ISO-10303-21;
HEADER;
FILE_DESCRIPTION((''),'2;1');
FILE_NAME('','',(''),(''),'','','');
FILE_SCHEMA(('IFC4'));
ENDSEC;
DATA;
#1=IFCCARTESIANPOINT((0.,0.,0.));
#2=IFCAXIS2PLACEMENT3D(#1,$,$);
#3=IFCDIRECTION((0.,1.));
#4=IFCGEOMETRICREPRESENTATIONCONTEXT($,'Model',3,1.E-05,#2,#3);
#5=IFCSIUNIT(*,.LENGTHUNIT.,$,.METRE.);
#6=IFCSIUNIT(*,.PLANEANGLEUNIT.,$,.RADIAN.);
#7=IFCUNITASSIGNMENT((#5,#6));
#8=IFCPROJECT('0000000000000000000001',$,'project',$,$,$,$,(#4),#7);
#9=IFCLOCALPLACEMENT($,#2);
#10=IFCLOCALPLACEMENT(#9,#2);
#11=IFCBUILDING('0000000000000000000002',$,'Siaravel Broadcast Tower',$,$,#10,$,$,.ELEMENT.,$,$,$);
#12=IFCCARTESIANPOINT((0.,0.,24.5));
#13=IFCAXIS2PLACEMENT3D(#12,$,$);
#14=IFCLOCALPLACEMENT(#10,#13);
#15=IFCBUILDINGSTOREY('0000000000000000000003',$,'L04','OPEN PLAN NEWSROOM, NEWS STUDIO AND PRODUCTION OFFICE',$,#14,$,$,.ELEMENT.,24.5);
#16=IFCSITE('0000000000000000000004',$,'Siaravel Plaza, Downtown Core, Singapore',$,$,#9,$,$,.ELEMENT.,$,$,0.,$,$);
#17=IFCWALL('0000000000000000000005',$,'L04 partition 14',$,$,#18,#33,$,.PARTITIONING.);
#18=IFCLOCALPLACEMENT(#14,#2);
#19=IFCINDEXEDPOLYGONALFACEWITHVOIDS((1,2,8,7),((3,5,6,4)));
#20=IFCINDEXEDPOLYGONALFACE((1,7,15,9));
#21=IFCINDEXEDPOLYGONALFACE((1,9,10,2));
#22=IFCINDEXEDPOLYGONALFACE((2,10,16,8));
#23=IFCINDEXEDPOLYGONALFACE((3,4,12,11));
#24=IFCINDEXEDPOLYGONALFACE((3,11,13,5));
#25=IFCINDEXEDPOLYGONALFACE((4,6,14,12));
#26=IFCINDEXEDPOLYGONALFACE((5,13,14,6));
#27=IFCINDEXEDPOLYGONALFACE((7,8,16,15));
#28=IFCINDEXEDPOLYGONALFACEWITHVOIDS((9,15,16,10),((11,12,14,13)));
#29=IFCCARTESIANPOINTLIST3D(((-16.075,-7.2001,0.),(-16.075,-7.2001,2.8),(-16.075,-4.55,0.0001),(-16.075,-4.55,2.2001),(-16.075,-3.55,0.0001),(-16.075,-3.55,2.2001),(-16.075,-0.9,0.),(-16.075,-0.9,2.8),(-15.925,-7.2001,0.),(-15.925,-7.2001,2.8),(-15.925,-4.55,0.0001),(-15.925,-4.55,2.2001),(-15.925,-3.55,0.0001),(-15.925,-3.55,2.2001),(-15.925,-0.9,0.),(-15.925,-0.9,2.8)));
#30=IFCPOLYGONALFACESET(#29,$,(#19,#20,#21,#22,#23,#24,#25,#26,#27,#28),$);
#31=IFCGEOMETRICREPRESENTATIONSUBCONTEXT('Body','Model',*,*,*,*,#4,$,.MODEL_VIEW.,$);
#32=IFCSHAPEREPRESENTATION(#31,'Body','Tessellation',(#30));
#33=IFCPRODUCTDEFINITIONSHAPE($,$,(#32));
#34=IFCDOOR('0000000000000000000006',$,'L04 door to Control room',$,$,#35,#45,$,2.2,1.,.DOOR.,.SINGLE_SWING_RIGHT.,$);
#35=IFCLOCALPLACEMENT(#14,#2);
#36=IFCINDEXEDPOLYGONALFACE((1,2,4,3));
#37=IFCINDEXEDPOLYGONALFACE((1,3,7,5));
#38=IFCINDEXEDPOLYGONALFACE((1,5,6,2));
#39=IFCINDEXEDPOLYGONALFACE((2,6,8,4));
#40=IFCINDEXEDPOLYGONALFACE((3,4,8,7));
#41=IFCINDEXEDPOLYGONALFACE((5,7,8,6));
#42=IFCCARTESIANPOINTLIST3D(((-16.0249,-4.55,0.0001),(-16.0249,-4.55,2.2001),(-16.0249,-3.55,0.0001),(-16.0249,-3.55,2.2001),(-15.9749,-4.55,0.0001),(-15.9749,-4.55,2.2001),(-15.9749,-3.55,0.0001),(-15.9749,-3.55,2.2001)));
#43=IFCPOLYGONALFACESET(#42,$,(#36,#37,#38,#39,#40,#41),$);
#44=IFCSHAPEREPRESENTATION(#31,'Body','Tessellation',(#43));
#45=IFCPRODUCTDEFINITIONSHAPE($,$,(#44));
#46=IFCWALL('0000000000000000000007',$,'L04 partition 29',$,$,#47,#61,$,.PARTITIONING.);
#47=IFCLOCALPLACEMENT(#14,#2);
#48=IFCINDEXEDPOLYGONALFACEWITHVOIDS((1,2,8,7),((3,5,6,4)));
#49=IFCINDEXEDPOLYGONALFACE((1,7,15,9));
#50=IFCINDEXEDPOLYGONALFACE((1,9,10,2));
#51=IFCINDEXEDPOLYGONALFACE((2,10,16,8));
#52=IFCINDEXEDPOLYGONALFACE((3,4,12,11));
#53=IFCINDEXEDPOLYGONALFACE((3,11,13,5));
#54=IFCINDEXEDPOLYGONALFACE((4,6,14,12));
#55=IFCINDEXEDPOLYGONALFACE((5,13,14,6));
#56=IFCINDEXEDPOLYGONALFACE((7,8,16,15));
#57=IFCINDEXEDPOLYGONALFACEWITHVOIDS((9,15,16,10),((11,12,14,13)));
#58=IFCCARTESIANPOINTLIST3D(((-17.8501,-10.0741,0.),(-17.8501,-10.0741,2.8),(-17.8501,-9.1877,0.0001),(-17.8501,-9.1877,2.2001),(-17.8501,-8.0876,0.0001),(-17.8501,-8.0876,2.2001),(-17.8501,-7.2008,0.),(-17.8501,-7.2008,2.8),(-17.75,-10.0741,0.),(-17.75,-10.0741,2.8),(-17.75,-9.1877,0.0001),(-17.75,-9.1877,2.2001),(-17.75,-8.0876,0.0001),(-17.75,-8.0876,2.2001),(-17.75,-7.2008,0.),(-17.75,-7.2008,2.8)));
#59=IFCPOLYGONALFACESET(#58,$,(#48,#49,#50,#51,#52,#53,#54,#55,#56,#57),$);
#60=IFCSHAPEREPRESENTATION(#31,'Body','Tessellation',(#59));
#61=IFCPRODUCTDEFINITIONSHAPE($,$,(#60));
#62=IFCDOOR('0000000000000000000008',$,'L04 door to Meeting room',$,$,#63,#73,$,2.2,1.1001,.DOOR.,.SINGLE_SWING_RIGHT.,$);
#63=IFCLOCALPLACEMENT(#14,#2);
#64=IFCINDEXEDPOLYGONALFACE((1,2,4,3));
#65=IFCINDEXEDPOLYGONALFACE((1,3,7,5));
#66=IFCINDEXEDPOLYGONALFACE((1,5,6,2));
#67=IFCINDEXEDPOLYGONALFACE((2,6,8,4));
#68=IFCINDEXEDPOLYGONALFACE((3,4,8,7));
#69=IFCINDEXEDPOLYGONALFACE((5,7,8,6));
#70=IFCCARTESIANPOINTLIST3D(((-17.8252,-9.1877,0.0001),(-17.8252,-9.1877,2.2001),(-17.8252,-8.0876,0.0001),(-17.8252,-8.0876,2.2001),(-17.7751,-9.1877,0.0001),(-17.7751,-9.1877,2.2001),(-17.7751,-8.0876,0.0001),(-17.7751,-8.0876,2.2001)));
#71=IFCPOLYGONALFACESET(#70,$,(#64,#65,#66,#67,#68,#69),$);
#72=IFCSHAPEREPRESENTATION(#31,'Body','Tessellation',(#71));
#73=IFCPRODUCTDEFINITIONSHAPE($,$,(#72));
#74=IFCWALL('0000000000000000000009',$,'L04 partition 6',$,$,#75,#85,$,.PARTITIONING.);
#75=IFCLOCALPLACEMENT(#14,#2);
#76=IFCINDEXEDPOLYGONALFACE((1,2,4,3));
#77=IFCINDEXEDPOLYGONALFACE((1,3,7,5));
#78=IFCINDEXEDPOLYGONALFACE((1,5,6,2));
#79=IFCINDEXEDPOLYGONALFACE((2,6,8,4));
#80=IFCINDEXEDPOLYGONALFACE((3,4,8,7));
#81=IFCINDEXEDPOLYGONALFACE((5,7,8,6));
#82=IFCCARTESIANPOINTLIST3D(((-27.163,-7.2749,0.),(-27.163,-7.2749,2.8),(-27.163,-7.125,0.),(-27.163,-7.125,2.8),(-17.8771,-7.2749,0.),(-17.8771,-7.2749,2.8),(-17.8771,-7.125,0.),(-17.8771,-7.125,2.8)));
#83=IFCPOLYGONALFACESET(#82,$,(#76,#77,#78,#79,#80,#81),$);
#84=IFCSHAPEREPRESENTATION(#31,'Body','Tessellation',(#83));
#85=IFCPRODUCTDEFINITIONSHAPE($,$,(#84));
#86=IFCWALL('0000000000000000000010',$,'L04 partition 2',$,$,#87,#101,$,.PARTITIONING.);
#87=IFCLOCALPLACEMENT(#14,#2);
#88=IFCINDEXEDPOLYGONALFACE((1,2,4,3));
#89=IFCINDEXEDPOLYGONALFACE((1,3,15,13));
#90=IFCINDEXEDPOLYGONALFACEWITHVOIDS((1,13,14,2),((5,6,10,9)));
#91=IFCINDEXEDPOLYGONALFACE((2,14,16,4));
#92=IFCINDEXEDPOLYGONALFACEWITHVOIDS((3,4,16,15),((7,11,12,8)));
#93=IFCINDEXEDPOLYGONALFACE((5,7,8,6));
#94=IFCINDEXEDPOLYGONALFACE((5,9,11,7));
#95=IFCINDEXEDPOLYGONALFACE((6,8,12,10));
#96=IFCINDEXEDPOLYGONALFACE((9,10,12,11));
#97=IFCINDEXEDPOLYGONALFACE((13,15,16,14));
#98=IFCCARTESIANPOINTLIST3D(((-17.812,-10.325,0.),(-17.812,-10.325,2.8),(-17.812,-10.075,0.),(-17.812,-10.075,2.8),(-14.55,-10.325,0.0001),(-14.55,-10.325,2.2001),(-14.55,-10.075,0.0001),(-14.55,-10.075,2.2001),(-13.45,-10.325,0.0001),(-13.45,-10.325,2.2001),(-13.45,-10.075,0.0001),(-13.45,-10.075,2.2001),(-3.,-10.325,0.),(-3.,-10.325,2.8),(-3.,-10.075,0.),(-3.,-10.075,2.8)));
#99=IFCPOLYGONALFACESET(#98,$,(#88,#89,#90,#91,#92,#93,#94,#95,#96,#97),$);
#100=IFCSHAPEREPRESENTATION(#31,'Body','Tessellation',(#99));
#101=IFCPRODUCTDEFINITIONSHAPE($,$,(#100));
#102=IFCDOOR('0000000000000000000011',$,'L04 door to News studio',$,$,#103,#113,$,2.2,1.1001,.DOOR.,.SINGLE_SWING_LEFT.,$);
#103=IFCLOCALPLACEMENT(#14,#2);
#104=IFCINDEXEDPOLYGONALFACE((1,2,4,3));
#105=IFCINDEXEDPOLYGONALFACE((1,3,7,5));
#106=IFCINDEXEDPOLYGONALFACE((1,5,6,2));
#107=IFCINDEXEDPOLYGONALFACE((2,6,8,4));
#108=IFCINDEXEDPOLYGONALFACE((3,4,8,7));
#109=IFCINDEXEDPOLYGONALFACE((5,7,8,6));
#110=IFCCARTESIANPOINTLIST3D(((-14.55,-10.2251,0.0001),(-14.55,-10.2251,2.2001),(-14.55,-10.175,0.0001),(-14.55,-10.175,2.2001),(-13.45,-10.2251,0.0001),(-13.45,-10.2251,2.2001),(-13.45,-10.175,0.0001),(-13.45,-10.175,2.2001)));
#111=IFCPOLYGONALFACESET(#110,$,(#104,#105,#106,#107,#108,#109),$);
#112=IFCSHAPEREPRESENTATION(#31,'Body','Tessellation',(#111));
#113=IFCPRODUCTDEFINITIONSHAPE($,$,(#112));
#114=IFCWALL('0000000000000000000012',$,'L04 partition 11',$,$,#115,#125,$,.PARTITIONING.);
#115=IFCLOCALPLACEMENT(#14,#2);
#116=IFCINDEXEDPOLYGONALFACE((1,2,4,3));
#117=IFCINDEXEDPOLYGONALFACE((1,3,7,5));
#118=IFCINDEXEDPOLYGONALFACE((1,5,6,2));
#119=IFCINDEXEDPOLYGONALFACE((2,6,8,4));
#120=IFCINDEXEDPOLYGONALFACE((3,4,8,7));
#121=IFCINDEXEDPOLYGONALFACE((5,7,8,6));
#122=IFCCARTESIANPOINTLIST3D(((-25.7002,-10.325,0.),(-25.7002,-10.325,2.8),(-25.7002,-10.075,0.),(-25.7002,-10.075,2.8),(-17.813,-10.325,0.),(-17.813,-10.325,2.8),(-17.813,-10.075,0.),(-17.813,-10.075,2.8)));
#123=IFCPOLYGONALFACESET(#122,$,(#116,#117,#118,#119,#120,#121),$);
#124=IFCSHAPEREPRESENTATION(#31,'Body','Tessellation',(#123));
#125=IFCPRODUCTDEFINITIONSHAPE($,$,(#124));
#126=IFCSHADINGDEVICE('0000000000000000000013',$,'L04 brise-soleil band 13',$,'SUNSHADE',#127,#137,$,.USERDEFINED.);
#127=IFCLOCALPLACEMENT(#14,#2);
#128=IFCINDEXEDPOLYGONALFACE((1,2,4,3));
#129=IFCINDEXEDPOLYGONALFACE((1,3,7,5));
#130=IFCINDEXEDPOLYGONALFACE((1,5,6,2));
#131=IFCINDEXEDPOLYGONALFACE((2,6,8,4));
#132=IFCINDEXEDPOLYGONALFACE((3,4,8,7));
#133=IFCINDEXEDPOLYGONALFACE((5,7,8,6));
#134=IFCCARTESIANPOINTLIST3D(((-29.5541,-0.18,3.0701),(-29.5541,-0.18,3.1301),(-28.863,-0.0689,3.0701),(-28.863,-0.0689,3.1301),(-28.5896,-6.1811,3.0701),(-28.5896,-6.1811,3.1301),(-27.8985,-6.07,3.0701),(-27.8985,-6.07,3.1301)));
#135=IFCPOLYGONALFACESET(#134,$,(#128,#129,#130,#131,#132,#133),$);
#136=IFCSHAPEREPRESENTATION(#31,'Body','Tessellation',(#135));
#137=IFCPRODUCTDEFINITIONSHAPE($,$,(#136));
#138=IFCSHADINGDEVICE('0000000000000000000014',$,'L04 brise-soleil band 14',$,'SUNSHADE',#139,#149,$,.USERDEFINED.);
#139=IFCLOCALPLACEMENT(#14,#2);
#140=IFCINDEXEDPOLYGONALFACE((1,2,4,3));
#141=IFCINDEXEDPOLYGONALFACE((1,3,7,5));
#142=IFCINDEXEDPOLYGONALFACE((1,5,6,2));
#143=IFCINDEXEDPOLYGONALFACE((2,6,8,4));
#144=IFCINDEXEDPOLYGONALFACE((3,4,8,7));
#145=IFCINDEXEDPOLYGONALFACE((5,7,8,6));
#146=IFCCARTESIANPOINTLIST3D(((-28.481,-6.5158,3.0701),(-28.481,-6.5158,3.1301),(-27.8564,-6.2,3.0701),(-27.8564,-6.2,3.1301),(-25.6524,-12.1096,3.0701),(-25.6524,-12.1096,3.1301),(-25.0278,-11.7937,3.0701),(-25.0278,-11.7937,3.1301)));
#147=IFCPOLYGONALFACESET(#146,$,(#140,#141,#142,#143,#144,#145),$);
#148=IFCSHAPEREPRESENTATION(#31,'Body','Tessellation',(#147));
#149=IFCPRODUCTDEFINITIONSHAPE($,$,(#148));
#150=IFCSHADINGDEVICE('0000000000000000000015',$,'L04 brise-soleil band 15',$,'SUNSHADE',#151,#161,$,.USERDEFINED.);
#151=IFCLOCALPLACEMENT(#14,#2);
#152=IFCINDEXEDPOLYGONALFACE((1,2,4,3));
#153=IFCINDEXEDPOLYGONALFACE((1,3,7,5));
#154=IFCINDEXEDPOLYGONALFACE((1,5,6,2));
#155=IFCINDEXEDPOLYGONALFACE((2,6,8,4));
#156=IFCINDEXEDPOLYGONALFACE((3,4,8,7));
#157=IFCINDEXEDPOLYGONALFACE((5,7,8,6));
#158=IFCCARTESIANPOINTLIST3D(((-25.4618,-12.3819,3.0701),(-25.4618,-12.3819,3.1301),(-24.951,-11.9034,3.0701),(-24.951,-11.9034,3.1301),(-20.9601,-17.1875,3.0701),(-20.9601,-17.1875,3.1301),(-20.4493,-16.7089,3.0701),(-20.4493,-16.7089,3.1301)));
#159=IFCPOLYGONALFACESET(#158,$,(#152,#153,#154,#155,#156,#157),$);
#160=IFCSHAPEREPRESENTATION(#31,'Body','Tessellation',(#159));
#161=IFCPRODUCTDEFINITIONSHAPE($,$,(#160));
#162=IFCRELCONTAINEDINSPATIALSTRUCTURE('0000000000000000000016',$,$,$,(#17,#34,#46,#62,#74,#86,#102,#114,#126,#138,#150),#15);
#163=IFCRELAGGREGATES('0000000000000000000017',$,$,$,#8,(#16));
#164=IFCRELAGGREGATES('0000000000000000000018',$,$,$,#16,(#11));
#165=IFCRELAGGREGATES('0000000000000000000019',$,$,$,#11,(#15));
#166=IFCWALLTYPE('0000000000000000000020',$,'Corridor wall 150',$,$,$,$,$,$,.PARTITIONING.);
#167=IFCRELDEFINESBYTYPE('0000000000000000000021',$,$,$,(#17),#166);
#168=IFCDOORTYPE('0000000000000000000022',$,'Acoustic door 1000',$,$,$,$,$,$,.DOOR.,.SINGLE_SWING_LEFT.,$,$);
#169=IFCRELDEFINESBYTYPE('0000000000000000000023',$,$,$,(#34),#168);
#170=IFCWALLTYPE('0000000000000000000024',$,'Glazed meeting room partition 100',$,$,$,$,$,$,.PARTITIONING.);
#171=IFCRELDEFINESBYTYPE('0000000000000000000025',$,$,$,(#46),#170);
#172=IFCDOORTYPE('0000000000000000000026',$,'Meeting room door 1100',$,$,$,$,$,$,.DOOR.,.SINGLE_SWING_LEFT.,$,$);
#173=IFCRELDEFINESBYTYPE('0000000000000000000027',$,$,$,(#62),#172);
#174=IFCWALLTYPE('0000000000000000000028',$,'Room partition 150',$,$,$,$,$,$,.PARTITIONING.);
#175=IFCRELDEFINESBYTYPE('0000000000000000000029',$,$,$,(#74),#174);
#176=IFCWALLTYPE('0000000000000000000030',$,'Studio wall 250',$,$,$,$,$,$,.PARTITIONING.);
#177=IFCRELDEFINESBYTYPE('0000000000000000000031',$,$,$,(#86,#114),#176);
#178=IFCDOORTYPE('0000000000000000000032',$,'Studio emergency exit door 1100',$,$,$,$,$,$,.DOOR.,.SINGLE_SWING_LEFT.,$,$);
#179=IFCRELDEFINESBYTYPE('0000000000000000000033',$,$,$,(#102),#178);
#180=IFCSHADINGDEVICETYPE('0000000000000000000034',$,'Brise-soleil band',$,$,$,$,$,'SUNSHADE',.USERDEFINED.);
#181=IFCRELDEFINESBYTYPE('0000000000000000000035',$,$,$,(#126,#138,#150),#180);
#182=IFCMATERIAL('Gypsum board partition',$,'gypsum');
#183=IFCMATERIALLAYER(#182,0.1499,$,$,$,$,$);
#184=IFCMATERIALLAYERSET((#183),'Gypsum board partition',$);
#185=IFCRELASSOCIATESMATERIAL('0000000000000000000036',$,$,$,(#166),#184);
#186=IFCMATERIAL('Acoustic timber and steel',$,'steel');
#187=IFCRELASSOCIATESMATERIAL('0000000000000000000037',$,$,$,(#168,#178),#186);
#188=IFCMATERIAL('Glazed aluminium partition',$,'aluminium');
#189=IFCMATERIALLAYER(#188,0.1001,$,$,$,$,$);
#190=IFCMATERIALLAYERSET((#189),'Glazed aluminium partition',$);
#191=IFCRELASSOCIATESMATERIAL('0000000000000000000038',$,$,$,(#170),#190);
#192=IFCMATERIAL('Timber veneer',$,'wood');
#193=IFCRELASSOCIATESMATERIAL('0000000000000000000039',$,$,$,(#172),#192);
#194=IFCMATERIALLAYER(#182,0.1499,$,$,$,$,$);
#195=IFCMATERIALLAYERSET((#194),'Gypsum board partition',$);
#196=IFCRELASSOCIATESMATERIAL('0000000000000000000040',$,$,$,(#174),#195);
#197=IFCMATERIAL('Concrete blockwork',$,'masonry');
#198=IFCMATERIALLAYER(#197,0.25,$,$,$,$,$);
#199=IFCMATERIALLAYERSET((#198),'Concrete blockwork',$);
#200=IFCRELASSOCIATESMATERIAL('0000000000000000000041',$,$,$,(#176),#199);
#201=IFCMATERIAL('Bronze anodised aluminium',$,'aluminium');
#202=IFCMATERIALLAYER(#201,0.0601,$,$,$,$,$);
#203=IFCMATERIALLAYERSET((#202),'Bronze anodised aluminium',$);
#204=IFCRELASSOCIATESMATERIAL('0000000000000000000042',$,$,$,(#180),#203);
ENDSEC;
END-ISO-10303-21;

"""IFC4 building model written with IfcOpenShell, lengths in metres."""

from ifc_helpers import new_model, si_unit, direction, frame, frame_2d, origin, origin_2d, place, context, subcontext, project, spatial, rectangle, extrude, material, layer, layer_set, type_object, element, fill, save


model = new_model("IFC4")

# Units and contexts
model_context = context("Model", 3, precision=1e-05, world=origin(), true_north=direction((0.0, 1.0)))
body_context = subcontext(model_context, "Body", "Model", "MODEL_VIEW")
ifc_project = project(units=[si_unit("LENGTHUNIT", "METRE"), si_unit("PLANEANGLEUNIT", "RADIAN")], contexts=[model_context])

# Site, building, storey
site_placement = place(None, origin())
site = spatial("IfcSite", under=ifc_project, at=site_placement, Name="Siaravel Plaza, Downtown Core, Singapore", CompositionType="ELEMENT", RefElevation=0.0)
building_placement = place(site_placement, origin())
building = spatial("IfcBuilding", under=site, at=building_placement, Name="Siaravel Broadcast Tower", CompositionType="ELEMENT")
storey_placement = place(building_placement, frame((0.0, 0.0, 24.5)))
storey = spatial("IfcBuildingStorey", under=building, at=storey_placement, Name="L04", Description="OPEN PLAN NEWSROOM, NEWS STUDIO AND PRODUCTION OFFICE", CompositionType="ELEMENT", Elevation=24.5)

# Walls, openings, doors
ifc_material_1 = material(Name="Gypsum board partition", Category="gypsum")
ifc_layer_1 = layer(ifc_material_1, 0.1499)
ifc_layer_set_1 = layer_set([ifc_layer_1], Name="Gypsum board partition")
wall_type_1 = type_object("IfcWallType", Name="Corridor wall 150", PredefinedType="PARTITIONING", material=ifc_layer_set_1)
wall_1_placement = place(storey_placement, frame((-16.0, -7.2, 0.0), z_axis=(0.0, 0.0, 1.0), x_axis=(0.0, 1.0, 0.0)))
wall_1 = element("IfcWall", 1, at=wall_1_placement, inside=storey, type_object=wall_type_1, Name="L04 partition 14", PredefinedType="PARTITIONING", context=body_context, shape_type="SweptSolid", body=[
    extrude(rectangle(XDim=6.3, YDim=0.1499, at=frame_2d((3.1499, 0.0))), origin(), (0.0, 0.0, 1.0), 2.8),
])
opening_1_placement = place(wall_1_placement, frame((2.6499, 0.0, 0.0)))
opening_1 = element("IfcOpeningElement", 2, at=opening_1_placement, cuts=wall_1, PredefinedType="OPENING", context=body_context, shape_type="SweptSolid", body=[
    extrude(rectangle(XDim=1.0, YDim=2.2, at=frame_2d((0.5, 1.1001))), frame((0.0, 0.085, 0.0), z_axis=(0.0, -1.0, 0.0), x_axis=(1.0, 0.0, 0.0)), (0.0, 0.0, 1.0), 0.1699),
])
ifc_material_2 = material(Name="Acoustic timber and steel", Category="steel")
door_type_1 = type_object("IfcDoorType", Name="Acoustic door 1000", OperationType="SINGLE_SWING_LEFT", PredefinedType="DOOR", material=ifc_material_2)
door_1_placement = place(opening_1_placement, origin())
door_1 = element("IfcDoor", 3, at=door_1_placement, inside=storey, type_object=door_type_1, Name="L04 door to Control room", OperationType="SINGLE_SWING_RIGHT", OverallHeight=2.2, OverallWidth=1.0, PredefinedType="DOOR", context=body_context, shape_type="SweptSolid", body=[
    extrude(rectangle(XDim=1.0, YDim=2.2, at=frame_2d((0.5, 1.1001))), frame((0.0, 0.0249, 0.0), z_axis=(0.0, -1.0, 0.0), x_axis=(1.0, 0.0, 0.0)), (0.0, 0.0, 1.0), 0.05),
])
fill(opening_1, door_1)
ifc_material_3 = material(Name="Glazed aluminium partition", Category="aluminium")
ifc_layer_2 = layer(ifc_material_3, 0.1001)
ifc_layer_set_2 = layer_set([ifc_layer_2], Name="Glazed aluminium partition")
wall_type_2 = type_object("IfcWallType", Name="Glazed meeting room partition 100", PredefinedType="PARTITIONING", material=ifc_layer_set_2)
wall_2_placement = place(storey_placement, frame((-17.8, -7.2009, 0.0), z_axis=(0.0, 0.0, 1.0), x_axis=(0.0, -1.0, 0.0)))
wall_2 = element("IfcWall", 4, at=wall_2_placement, inside=storey, type_object=wall_type_2, Name="L04 partition 29", PredefinedType="PARTITIONING", context=body_context, shape_type="SweptSolid", body=[
    extrude(rectangle(XDim=2.8733, YDim=0.1001, at=frame_2d((1.4365, 0.0))), origin(), (0.0, 0.0, 1.0), 2.8),
])
opening_2_placement = place(wall_2_placement, frame((0.8867, 0.0, 0.0)))
opening_2 = element("IfcOpeningElement", 5, at=opening_2_placement, cuts=wall_2, PredefinedType="OPENING", context=body_context, shape_type="SweptSolid", body=[
    extrude(rectangle(XDim=1.1001, YDim=2.2, at=frame_2d((0.55, 1.1001))), frame((0.0, 0.0601, 0.0), z_axis=(0.0, -1.0, 0.0), x_axis=(1.0, 0.0, 0.0)), (0.0, 0.0, 1.0), 0.1201),
])
ifc_material_4 = material(Name="Timber veneer", Category="wood")
door_type_2 = type_object("IfcDoorType", Name="Meeting room door 1100", OperationType="SINGLE_SWING_LEFT", PredefinedType="DOOR", material=ifc_material_4)
door_2_placement = place(opening_2_placement, origin())
door_2 = element("IfcDoor", 6, at=door_2_placement, inside=storey, type_object=door_type_2, Name="L04 door to Meeting room", OperationType="SINGLE_SWING_RIGHT", OverallHeight=2.2, OverallWidth=1.1001, PredefinedType="DOOR", context=body_context, shape_type="SweptSolid", body=[
    extrude(rectangle(XDim=1.1001, YDim=2.2, at=frame_2d((0.55, 1.1001))), frame((0.0, 0.0249, 0.0), z_axis=(0.0, -1.0, 0.0), x_axis=(1.0, 0.0, 0.0)), (0.0, 0.0, 1.0), 0.05),
])
fill(opening_2, door_2)

# Wall
ifc_layer_3 = layer(ifc_material_1, 0.1499)
ifc_layer_set_3 = layer_set([ifc_layer_3], Name="Gypsum board partition")
wall_type_3 = type_object("IfcWallType", Name="Room partition 150", PredefinedType="PARTITIONING", material=ifc_layer_set_3)
wall_3_placement = place(storey_placement, frame((-17.877, -7.2, 0.0), z_axis=(0.0, 0.0, 1.0), x_axis=(-1.0, 0.0, 0.0)))
element("IfcWall", 7, at=wall_3_placement, inside=storey, type_object=wall_type_3, Name="L04 partition 6", PredefinedType="PARTITIONING", context=body_context, shape_type="SweptSolid", body=[
    extrude(rectangle(XDim=9.2859, YDim=0.1499, at=frame_2d((4.6431, 0.0))), origin(), (0.0, 0.0, 1.0), 2.8),
])

# Wall, opening, door
ifc_material_5 = material(Name="Concrete blockwork", Category="masonry")
ifc_layer_4 = layer(ifc_material_5, 0.25)
ifc_layer_set_4 = layer_set([ifc_layer_4], Name="Concrete blockwork")
wall_type_4 = type_object("IfcWallType", Name="Studio wall 250", PredefinedType="PARTITIONING", material=ifc_layer_set_4)
wall_4_placement = place(storey_placement, frame((-17.812, -10.2, 0.0), z_axis=(0.0, 0.0, 1.0), x_axis=(1.0, 0.0, 0.0)))
wall_4 = element("IfcWall", 8, at=wall_4_placement, inside=storey, type_object=wall_type_4, Name="L04 partition 2", PredefinedType="PARTITIONING", context=body_context, shape_type="SweptSolid", body=[
    extrude(rectangle(XDim=14.812, YDim=0.25, at=frame_2d((7.406, 0.0))), origin(), (0.0, 0.0, 1.0), 2.8),
])
opening_3_placement = place(wall_4_placement, frame((3.262, 0.0, 0.0)))
opening_3 = element("IfcOpeningElement", 9, at=opening_3_placement, cuts=wall_4, PredefinedType="OPENING", context=body_context, shape_type="SweptSolid", body=[
    extrude(rectangle(XDim=1.1001, YDim=2.2, at=frame_2d((0.55, 1.1001))), frame((0.0, 0.135, 0.0), z_axis=(0.0, -1.0, 0.0), x_axis=(1.0, 0.0, 0.0)), (0.0, 0.0, 1.0), 0.27),
])
door_type_3 = type_object("IfcDoorType", Name="Studio emergency exit door 1100", OperationType="SINGLE_SWING_LEFT", PredefinedType="DOOR", material=ifc_material_2)
door_3_placement = place(opening_3_placement, origin())
door_3 = element("IfcDoor", 10, at=door_3_placement, inside=storey, type_object=door_type_3, Name="L04 door to News studio", OperationType="SINGLE_SWING_LEFT", OverallHeight=2.2, OverallWidth=1.1001, PredefinedType="DOOR", context=body_context, shape_type="SweptSolid", body=[
    extrude(rectangle(XDim=1.1001, YDim=2.2, at=frame_2d((0.55, 1.1001))), frame((0.0, 0.0249, 0.0), z_axis=(0.0, -1.0, 0.0), x_axis=(1.0, 0.0, 0.0)), (0.0, 0.0, 1.0), 0.05),
])
fill(opening_3, door_3)

# Wall
wall_5_placement = place(storey_placement, frame((-17.813, -10.2, 0.0), z_axis=(0.0, 0.0, 1.0), x_axis=(-1.0, 0.0, 0.0)))
element("IfcWall", 11, at=wall_5_placement, inside=storey, type_object=wall_type_4, Name="L04 partition 11", PredefinedType="PARTITIONING", context=body_context, shape_type="SweptSolid", body=[
    extrude(rectangle(XDim=7.8872, YDim=0.25, at=frame_2d((3.9436, 0.0))), origin(), (0.0, 0.0, 1.0), 2.8),
])

# Shading devices
ifc_material_6 = material(Name="Bronze anodised aluminium", Category="aluminium")
ifc_layer_5 = layer(ifc_material_6, 0.0601)
ifc_layer_set_5 = layer_set([ifc_layer_5], Name="Bronze anodised aluminium")
shading_device_type = type_object("IfcShadingDeviceType", Name="Brise-soleil band", ElementType="SUNSHADE", PredefinedType="USERDEFINED", material=ifc_layer_set_5)
shading_device_1_placement = place(storey_placement, frame((-28.7263, -3.125, 3.0701), z_axis=(0.0, 0.0, 1.0), x_axis=(0.158685, -0.987329, 0.0)))
element("IfcShadingDevice", 12, at=shading_device_1_placement, inside=storey, type_object=shading_device_type, Name="L04 brise-soleil band 13", ObjectType="SUNSHADE", PredefinedType="USERDEFINED", context=body_context, shape_type="SweptSolid", body=[
    extrude(rectangle(XDim=6.0781, YDim=0.7, at=origin_2d()), origin(), (0.0, 0.0, 1.0), 0.0601),
])
shading_device_2_placement = place(storey_placement, frame((-26.7544, -9.1548, 3.0701), z_axis=(0.0, 0.0, 1.0), x_axis=(0.451262, -0.892391, 0.0)))
element("IfcShadingDevice", 13, at=shading_device_2_placement, inside=storey, type_object=shading_device_type, Name="L04 brise-soleil band 14", ObjectType="SUNSHADE", PredefinedType="USERDEFINED", context=body_context, shape_type="SweptSolid", body=[
    extrude(rectangle(XDim=6.2683, YDim=0.7, at=origin_2d()), origin(), (0.0, 0.0, 1.0), 0.0601),
])
shading_device_3_placement = place(storey_placement, frame((-22.9556, -14.5454, 3.0701), z_axis=(0.0, 0.0, 1.0), x_axis=(0.683656, -0.729804, 0.0)))
element("IfcShadingDevice", 14, at=shading_device_3_placement, inside=storey, type_object=shading_device_type, Name="L04 brise-soleil band 15", ObjectType="SUNSHADE", PredefinedType="USERDEFINED", context=body_context, shape_type="SweptSolid", body=[
    extrude(rectangle(XDim=6.5847, YDim=0.7, at=origin_2d()), origin(), (0.0, 0.0, 1.0), 0.0601),
])

save(model, "model.ifc")
